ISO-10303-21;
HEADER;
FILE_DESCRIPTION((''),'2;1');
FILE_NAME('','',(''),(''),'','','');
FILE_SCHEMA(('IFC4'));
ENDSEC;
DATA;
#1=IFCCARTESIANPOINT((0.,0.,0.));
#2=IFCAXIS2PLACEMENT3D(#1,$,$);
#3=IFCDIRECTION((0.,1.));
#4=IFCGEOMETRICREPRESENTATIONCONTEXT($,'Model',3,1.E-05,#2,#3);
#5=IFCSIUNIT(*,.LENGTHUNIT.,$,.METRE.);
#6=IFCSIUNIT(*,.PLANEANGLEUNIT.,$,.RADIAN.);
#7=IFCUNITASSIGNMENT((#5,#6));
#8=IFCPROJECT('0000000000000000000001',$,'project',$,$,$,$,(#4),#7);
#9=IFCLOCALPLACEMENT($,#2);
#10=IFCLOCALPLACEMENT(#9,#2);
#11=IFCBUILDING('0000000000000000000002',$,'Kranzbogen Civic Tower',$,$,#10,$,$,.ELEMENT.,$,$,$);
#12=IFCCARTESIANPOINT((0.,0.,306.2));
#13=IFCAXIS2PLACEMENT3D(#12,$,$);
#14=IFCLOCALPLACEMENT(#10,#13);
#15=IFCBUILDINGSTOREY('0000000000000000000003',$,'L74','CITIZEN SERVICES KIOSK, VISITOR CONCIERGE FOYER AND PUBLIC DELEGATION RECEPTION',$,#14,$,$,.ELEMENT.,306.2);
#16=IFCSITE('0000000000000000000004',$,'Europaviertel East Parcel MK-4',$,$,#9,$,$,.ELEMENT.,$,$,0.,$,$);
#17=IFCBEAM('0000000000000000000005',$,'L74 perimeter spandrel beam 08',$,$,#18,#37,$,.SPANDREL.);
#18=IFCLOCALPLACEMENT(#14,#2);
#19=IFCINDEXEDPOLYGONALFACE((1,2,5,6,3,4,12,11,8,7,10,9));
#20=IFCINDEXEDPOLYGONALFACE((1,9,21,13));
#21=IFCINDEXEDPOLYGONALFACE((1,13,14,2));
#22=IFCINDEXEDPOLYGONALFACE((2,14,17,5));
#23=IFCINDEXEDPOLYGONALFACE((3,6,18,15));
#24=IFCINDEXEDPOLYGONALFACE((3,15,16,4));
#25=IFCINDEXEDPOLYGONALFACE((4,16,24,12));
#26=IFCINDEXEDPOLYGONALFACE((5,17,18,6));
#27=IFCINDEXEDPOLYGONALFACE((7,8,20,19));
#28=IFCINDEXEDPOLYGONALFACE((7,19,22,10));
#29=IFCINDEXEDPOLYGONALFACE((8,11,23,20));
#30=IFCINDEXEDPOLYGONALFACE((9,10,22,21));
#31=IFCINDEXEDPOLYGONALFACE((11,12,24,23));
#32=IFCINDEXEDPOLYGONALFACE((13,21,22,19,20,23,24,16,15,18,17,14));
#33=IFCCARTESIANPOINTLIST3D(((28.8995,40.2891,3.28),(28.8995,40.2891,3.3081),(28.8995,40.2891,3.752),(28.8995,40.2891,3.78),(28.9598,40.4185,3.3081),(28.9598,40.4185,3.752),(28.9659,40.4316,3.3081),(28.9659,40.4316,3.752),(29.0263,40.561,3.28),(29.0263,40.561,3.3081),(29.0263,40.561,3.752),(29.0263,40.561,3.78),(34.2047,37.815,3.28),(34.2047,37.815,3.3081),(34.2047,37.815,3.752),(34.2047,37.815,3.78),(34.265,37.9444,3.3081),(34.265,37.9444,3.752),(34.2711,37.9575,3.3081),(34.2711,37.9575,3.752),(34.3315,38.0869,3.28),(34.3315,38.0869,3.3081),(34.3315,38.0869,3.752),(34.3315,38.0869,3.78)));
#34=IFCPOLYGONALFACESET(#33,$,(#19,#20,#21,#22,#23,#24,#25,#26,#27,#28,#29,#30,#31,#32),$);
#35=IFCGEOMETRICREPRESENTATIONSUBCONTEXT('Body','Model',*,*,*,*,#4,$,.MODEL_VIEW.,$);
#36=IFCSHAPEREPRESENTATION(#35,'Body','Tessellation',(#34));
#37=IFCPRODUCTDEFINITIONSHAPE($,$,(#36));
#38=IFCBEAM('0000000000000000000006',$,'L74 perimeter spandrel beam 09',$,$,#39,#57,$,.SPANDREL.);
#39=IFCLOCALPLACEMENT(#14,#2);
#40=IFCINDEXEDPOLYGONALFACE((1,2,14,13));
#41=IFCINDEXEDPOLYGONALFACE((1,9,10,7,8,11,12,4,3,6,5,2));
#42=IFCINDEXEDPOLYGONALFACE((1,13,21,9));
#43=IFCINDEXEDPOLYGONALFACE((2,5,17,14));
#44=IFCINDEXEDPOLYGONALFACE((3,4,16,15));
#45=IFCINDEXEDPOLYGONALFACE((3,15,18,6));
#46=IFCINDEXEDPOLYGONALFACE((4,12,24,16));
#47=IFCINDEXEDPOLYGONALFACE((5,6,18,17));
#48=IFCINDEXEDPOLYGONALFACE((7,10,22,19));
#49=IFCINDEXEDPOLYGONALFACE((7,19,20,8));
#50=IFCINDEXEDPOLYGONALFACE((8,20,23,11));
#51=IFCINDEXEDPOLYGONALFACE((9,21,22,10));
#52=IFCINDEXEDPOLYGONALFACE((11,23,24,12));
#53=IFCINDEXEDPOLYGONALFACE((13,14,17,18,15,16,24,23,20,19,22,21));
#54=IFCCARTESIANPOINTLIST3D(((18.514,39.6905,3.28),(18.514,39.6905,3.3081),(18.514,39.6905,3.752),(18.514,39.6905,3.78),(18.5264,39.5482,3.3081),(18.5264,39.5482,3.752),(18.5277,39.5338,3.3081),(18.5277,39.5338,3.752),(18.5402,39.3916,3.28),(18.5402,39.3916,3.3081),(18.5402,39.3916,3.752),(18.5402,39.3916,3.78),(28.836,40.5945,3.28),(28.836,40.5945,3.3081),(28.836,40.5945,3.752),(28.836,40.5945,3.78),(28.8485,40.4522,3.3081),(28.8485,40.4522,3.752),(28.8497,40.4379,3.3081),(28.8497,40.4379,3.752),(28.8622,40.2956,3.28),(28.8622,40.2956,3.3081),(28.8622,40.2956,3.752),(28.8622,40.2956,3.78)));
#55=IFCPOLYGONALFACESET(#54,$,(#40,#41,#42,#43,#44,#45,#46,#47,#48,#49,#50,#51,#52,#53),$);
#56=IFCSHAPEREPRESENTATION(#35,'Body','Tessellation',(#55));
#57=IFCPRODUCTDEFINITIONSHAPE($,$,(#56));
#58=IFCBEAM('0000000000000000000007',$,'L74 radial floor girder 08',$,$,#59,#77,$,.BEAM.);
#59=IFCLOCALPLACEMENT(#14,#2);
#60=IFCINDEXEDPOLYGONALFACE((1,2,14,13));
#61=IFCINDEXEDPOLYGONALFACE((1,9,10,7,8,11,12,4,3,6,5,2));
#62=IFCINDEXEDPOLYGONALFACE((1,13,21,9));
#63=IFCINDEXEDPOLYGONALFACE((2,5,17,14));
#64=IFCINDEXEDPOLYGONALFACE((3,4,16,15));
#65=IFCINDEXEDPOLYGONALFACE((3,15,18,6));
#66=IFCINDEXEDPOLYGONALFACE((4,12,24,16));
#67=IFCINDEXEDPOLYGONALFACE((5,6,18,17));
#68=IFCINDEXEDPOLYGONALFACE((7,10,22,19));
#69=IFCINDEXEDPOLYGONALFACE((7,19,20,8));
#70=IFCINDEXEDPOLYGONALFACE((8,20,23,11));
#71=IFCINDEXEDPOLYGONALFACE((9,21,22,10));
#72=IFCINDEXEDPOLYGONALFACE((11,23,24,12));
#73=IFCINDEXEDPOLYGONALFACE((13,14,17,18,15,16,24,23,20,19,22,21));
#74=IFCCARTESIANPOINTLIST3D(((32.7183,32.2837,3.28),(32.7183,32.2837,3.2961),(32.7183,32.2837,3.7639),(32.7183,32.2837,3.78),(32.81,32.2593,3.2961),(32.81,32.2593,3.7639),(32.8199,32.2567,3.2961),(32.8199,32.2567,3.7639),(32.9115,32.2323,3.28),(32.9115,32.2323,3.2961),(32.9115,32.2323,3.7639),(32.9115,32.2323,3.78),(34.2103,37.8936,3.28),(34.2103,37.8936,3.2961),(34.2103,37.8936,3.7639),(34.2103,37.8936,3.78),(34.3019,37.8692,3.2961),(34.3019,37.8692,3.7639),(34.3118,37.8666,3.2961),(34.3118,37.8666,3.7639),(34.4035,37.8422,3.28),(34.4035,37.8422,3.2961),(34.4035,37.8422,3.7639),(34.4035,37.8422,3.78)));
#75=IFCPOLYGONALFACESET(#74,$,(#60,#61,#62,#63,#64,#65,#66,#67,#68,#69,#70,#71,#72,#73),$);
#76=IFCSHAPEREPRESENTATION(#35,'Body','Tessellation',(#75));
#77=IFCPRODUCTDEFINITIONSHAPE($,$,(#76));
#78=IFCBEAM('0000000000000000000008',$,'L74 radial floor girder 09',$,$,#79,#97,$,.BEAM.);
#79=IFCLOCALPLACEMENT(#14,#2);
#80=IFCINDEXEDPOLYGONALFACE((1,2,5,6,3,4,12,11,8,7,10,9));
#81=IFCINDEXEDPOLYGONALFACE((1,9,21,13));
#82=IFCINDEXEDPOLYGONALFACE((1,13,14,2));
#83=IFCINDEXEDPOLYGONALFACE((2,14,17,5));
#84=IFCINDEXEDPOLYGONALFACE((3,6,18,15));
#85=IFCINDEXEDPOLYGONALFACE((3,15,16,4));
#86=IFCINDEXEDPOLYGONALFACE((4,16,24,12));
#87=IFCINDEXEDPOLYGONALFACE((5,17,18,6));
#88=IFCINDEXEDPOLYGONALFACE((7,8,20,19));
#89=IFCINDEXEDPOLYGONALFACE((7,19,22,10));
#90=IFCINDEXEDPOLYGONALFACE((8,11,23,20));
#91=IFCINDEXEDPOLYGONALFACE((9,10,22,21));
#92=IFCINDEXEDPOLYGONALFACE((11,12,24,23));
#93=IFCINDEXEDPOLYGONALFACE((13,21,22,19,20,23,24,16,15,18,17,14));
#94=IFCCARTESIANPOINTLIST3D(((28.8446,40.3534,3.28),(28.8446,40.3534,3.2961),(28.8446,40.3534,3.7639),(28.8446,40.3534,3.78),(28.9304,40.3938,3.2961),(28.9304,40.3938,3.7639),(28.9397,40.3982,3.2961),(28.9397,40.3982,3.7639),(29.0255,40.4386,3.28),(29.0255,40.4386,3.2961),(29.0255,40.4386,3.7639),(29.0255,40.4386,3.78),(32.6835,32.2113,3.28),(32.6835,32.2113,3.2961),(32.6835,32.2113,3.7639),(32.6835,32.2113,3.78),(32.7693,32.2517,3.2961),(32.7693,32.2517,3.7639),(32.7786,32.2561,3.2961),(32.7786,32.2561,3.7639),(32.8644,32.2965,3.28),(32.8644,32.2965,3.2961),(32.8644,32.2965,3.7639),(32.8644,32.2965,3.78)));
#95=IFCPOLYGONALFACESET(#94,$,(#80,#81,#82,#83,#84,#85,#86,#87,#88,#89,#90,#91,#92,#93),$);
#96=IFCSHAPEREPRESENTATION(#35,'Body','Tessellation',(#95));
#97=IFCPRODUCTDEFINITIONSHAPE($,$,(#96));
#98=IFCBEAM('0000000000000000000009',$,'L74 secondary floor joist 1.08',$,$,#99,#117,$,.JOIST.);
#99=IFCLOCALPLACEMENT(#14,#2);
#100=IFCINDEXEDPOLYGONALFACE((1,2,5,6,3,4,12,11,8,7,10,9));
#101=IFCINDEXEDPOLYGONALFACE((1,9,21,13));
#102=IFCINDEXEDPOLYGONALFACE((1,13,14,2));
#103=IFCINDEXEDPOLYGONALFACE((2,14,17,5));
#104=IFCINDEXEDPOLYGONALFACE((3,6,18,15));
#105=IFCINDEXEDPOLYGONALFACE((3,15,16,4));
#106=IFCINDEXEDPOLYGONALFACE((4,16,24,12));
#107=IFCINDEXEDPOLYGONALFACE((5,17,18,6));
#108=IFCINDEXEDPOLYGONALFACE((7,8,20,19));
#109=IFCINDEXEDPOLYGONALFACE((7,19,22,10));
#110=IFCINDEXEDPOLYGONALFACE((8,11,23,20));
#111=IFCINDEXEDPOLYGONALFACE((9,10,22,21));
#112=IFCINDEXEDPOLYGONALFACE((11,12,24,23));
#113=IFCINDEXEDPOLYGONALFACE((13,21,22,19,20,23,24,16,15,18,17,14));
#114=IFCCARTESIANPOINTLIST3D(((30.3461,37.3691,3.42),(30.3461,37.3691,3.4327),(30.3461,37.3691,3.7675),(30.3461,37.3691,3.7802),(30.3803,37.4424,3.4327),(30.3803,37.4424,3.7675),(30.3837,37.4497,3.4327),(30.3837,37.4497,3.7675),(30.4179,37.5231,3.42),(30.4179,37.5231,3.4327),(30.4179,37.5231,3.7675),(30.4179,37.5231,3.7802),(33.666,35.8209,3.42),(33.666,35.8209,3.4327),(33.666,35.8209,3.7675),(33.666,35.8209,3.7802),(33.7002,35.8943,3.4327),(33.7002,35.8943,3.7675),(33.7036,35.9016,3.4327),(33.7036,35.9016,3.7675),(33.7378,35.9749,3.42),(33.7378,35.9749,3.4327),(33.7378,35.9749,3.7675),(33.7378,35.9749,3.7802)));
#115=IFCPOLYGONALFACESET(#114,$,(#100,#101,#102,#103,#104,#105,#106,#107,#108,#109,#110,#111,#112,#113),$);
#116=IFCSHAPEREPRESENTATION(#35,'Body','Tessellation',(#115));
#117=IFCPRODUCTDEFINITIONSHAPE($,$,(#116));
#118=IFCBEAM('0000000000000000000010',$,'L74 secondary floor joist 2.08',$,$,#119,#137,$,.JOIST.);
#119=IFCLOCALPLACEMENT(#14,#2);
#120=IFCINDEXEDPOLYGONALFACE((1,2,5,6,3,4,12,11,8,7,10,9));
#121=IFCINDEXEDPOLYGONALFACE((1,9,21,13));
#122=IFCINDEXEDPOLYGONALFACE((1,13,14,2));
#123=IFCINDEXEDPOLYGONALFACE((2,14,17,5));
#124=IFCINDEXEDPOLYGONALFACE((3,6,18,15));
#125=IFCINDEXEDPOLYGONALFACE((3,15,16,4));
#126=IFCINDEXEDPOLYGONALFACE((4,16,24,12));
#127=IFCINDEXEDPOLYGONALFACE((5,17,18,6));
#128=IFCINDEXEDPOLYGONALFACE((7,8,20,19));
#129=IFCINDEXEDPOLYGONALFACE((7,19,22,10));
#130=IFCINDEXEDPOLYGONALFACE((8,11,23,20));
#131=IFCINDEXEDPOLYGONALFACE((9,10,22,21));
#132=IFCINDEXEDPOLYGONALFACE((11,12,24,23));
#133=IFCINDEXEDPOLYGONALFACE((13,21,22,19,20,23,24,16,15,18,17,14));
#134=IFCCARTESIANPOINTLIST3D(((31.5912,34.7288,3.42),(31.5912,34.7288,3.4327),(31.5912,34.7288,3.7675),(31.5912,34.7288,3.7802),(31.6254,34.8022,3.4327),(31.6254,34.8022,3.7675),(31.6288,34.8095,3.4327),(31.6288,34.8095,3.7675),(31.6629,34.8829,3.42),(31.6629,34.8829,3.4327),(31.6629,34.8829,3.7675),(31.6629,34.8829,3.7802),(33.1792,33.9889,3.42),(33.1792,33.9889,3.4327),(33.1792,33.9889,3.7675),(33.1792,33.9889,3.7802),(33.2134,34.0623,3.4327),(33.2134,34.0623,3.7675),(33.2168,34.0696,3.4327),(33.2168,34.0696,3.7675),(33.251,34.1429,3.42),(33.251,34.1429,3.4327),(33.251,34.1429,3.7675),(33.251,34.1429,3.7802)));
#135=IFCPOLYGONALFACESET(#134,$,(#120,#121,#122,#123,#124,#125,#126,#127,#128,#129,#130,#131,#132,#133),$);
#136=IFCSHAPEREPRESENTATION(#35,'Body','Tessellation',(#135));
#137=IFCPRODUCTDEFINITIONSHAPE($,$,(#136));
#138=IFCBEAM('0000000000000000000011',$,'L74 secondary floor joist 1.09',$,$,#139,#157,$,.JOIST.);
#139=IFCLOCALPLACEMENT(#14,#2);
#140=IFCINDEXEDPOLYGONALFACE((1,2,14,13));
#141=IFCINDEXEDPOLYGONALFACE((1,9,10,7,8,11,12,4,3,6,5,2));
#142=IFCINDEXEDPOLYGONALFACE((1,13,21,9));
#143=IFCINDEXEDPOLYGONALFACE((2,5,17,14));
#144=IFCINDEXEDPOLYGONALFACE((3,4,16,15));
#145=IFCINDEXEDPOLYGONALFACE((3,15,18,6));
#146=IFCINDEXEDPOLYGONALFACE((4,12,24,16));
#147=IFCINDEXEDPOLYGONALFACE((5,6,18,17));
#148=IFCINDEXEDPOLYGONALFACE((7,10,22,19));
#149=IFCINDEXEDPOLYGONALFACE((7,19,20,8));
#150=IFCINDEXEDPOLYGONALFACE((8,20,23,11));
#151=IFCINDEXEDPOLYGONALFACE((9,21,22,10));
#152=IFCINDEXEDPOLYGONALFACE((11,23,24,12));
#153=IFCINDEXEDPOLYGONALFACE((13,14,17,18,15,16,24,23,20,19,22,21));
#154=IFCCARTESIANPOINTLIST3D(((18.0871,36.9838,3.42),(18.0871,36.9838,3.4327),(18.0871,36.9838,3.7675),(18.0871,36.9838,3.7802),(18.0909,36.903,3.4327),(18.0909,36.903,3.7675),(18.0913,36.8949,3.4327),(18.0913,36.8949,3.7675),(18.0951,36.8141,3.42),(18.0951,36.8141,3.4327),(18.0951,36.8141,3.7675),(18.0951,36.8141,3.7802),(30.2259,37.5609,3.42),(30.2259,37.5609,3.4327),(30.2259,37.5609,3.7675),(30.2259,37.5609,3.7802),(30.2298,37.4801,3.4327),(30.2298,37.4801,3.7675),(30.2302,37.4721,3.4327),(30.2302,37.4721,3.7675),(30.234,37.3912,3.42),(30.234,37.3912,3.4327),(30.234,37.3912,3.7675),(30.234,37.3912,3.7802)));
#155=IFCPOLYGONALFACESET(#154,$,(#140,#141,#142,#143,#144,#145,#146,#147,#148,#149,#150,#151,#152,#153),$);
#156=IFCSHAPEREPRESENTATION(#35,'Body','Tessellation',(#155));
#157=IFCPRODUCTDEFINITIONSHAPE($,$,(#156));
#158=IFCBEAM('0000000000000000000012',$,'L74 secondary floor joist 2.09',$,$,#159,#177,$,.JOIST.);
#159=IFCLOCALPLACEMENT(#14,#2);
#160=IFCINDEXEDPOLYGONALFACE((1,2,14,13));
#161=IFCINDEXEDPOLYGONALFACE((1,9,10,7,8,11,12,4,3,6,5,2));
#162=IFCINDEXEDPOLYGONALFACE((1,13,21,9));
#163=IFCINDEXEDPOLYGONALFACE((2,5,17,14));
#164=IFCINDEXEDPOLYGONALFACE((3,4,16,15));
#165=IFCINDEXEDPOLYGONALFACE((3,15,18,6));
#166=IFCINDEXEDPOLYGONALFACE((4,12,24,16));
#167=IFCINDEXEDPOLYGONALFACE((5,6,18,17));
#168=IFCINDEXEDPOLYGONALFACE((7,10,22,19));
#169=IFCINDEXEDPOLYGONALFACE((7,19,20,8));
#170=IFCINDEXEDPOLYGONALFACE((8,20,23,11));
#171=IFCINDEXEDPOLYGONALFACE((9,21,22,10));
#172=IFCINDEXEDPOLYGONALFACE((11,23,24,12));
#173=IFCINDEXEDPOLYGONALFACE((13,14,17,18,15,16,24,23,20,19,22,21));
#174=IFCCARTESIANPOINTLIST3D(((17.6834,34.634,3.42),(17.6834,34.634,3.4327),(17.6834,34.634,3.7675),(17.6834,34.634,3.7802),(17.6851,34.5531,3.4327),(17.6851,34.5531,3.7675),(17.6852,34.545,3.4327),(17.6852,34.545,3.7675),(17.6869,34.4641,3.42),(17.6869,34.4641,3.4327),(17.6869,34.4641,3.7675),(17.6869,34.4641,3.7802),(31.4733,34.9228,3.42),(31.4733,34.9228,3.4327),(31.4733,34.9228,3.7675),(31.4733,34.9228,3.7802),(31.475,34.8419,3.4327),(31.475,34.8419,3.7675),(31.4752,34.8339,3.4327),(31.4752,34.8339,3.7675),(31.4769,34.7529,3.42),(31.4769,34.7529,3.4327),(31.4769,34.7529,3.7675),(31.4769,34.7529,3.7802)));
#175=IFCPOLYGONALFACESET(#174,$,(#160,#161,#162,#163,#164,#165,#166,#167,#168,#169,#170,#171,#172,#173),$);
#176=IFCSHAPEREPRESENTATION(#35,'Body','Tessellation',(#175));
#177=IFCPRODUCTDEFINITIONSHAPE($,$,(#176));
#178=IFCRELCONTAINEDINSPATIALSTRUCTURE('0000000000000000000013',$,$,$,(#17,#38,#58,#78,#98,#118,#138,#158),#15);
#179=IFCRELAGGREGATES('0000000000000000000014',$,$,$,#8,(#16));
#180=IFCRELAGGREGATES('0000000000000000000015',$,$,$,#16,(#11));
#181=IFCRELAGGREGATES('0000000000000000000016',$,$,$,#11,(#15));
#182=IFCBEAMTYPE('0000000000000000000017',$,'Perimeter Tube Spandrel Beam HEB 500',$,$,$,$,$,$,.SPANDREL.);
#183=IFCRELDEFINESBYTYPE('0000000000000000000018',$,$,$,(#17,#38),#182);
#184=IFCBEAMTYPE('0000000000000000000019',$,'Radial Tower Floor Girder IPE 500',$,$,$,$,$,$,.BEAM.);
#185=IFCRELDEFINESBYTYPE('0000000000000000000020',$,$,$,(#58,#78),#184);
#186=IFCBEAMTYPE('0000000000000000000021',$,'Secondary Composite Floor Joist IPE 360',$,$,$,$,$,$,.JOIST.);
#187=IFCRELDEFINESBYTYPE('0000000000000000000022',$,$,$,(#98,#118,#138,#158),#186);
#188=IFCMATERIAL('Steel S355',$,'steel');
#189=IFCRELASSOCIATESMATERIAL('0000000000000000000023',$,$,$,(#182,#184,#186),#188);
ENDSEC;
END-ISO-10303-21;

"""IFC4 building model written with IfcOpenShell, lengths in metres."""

from ifc_helpers import new_model, si_unit, direction, frame, origin, origin_2d, place, context, subcontext, project, spatial, i_section, extrude, material, material_profile, profile_set, type_object, element, save


model = new_model("IFC4")

# Units and contexts
model_context = context("Model", 3, precision=1e-05, world=origin(), true_north=direction((0.0, 1.0)))
body_context = subcontext(model_context, "Body", "Model", "MODEL_VIEW")
ifc_project = project(units=[si_unit("LENGTHUNIT", "METRE"), si_unit("PLANEANGLEUNIT", "RADIAN")], contexts=[model_context])

# Site, building, storey
site_placement = place(None, origin())
site = spatial("IfcSite", under=ifc_project, at=site_placement, Name="Europaviertel East Parcel MK-4", CompositionType="ELEMENT", RefElevation=0.0)
building_placement = place(site_placement, origin())
building = spatial("IfcBuilding", under=site, at=building_placement, Name="Kranzbogen Civic Tower", CompositionType="ELEMENT")
storey_placement = place(building_placement, frame((0.0, 0.0, 306.2)))
storey = spatial("IfcBuildingStorey", under=building, at=storey_placement, Name="L74", Description="CITIZEN SERVICES KIOSK, VISITOR CONCIERGE FOYER AND PUBLIC DELEGATION RECEPTION", CompositionType="ELEMENT", Elevation=306.2)

# Shared definitions
ifc_material_1 = material(Name="Steel S355", Category="steel")

# Beams
ifc_material_profile_1 = material_profile(ifc_material_1, i_section(OverallWidth=0.3, OverallDepth=0.5, WebThickness=0.0144, FlangeThickness=0.0281, at=origin_2d()), Name="HEB 500")
ifc_profile_set_1 = profile_set([ifc_material_profile_1], Name="Steel S355")
beam_type_1 = type_object("IfcBeamType", Name="Perimeter Tube Spandrel Beam HEB 500", PredefinedType="SPANDREL", material=ifc_profile_set_1)
beam_1_placement = place(storey_placement, frame((34.2681, 37.9509, 3.53), z_axis=(-0.90629, 0.422657, 0.0), x_axis=(-0.422657, -0.90629, 0.0)))
element("IfcBeam", 1, at=beam_1_placement, inside=storey, type_object=beam_type_1, Name="L74 perimeter spandrel beam 08", PredefinedType="SPANDREL", context=body_context, shape_type="SweptSolid", body=[
    extrude(i_section(OverallWidth=0.3, OverallDepth=0.5, WebThickness=0.0144, FlangeThickness=0.0281, at=origin_2d()), origin(), (0.0, 0.0, 1.0), 5.8538),
])
beam_2_placement = place(storey_placement, frame((28.8491, 40.4451, 3.53), z_axis=(-0.996186, -0.087251, 0.0), x_axis=(0.087251, -0.996186, 0.0)))
element("IfcBeam", 2, at=beam_2_placement, inside=storey, type_object=beam_type_1, Name="L74 perimeter spandrel beam 09", PredefinedType="SPANDREL", context=body_context, shape_type="SweptSolid", body=[
    extrude(i_section(OverallWidth=0.3, OverallDepth=0.5, WebThickness=0.0144, FlangeThickness=0.0281, at=origin_2d()), origin(), (0.0, 0.0, 1.0), 10.3616),
])
ifc_material_profile_2 = material_profile(ifc_material_1, i_section(OverallWidth=0.2, OverallDepth=0.5, WebThickness=0.0103, FlangeThickness=0.0161, at=origin_2d()), Name="IPE 500")
ifc_profile_set_2 = profile_set([ifc_material_profile_2], Name="Steel S355")
beam_type_2 = type_object("IfcBeamType", Name="Radial Tower Floor Girder IPE 500", PredefinedType="BEAM", material=ifc_profile_set_2)
beam_3_placement = place(storey_placement, frame((34.3069, 37.8679, 3.53), z_axis=(-0.257016, -0.966407, 0.0), x_axis=(0.966407, -0.257016, 0.0)))
element("IfcBeam", 3, at=beam_3_placement, inside=storey, type_object=beam_type_2, Name="L74 radial floor girder 08", PredefinedType="BEAM", context=body_context, shape_type="SweptSolid", body=[
    extrude(i_section(OverallWidth=0.2, OverallDepth=0.5, WebThickness=0.0103, FlangeThickness=0.0161, at=origin_2d()), origin(), (0.0, 0.0, 1.0), 5.8049),
])
beam_4_placement = place(storey_placement, frame((28.9351, 40.396, 3.53), z_axis=(0.42646, -0.904506, 0.0), x_axis=(0.904506, 0.42646, 0.0)))
element("IfcBeam", 4, at=beam_4_placement, inside=storey, type_object=beam_type_2, Name="L74 radial floor girder 09", PredefinedType="BEAM", context=body_context, shape_type="SweptSolid", body=[
    extrude(i_section(OverallWidth=0.2, OverallDepth=0.5, WebThickness=0.0103, FlangeThickness=0.0161, at=origin_2d()), origin(), (0.0, 0.0, 1.0), 9.0017),
])
ifc_material_profile_3 = material_profile(ifc_material_1, i_section(OverallWidth=0.1699, OverallDepth=0.3601, WebThickness=0.0081, FlangeThickness=0.0127, at=origin_2d()), Name="IPE 360")
ifc_profile_set_3 = profile_set([ifc_material_profile_3], Name="Steel S355")
beam_type_3 = type_object("IfcBeamType", Name="Secondary Composite Floor Joist IPE 360", PredefinedType="JOIST", material=ifc_profile_set_3)
beam_5_placement = place(storey_placement, frame((33.7019, 35.8979, 3.6001), z_axis=(-0.906304, 0.422626, 0.0), x_axis=(-0.422626, -0.906304, 0.0)))
element("IfcBeam", 5, at=beam_5_placement, inside=storey, type_object=beam_type_3, Name="L74 secondary floor joist 1.08", PredefinedType="JOIST", context=body_context, shape_type="SweptSolid", body=[
    extrude(i_section(OverallWidth=0.1699, OverallDepth=0.3601, WebThickness=0.0081, FlangeThickness=0.0127, at=origin_2d()), origin(), (0.0, 0.0, 1.0), 3.6631),
])
beam_6_placement = place(storey_placement, frame((33.2151, 34.0659, 3.6001), z_axis=(-0.906432, 0.422351, 0.0), x_axis=(-0.422351, -0.906432, 0.0)))
element("IfcBeam", 6, at=beam_6_placement, inside=storey, type_object=beam_type_3, Name="L74 secondary floor joist 2.08", PredefinedType="JOIST", context=body_context, shape_type="SweptSolid", body=[
    extrude(i_section(OverallWidth=0.1699, OverallDepth=0.3601, WebThickness=0.0081, FlangeThickness=0.0127, at=origin_2d()), origin(), (0.0, 0.0, 1.0), 1.752),
])
beam_7_placement = place(storey_placement, frame((30.23, 37.4761, 3.6001), z_axis=(-0.998872, -0.047492, 0.0), x_axis=(0.047492, -0.998872, 0.0)))
element("IfcBeam", 7, at=beam_7_placement, inside=storey, type_object=beam_type_3, Name="L74 secondary floor joist 1.09", PredefinedType="JOIST", context=body_context, shape_type="SweptSolid", body=[
    extrude(i_section(OverallWidth=0.1699, OverallDepth=0.3601, WebThickness=0.0081, FlangeThickness=0.0127, at=origin_2d()), origin(), (0.0, 0.0, 1.0), 12.1526),
])
beam_8_placement = place(storey_placement, frame((31.4751, 34.8379, 3.6001), z_axis=(-0.999781, -0.020939, 0.0), x_axis=(0.020939, -0.999781, 0.0)))
element("IfcBeam", 8, at=beam_8_placement, inside=storey, type_object=beam_type_3, Name="L74 secondary floor joist 2.09", PredefinedType="JOIST", context=body_context, shape_type="SweptSolid", body=[
    extrude(i_section(OverallWidth=0.1699, OverallDepth=0.3601, WebThickness=0.0081, FlangeThickness=0.0127, at=origin_2d()), origin(), (0.0, 0.0, 1.0), 13.793),
])

save(model, "model.ifc")
